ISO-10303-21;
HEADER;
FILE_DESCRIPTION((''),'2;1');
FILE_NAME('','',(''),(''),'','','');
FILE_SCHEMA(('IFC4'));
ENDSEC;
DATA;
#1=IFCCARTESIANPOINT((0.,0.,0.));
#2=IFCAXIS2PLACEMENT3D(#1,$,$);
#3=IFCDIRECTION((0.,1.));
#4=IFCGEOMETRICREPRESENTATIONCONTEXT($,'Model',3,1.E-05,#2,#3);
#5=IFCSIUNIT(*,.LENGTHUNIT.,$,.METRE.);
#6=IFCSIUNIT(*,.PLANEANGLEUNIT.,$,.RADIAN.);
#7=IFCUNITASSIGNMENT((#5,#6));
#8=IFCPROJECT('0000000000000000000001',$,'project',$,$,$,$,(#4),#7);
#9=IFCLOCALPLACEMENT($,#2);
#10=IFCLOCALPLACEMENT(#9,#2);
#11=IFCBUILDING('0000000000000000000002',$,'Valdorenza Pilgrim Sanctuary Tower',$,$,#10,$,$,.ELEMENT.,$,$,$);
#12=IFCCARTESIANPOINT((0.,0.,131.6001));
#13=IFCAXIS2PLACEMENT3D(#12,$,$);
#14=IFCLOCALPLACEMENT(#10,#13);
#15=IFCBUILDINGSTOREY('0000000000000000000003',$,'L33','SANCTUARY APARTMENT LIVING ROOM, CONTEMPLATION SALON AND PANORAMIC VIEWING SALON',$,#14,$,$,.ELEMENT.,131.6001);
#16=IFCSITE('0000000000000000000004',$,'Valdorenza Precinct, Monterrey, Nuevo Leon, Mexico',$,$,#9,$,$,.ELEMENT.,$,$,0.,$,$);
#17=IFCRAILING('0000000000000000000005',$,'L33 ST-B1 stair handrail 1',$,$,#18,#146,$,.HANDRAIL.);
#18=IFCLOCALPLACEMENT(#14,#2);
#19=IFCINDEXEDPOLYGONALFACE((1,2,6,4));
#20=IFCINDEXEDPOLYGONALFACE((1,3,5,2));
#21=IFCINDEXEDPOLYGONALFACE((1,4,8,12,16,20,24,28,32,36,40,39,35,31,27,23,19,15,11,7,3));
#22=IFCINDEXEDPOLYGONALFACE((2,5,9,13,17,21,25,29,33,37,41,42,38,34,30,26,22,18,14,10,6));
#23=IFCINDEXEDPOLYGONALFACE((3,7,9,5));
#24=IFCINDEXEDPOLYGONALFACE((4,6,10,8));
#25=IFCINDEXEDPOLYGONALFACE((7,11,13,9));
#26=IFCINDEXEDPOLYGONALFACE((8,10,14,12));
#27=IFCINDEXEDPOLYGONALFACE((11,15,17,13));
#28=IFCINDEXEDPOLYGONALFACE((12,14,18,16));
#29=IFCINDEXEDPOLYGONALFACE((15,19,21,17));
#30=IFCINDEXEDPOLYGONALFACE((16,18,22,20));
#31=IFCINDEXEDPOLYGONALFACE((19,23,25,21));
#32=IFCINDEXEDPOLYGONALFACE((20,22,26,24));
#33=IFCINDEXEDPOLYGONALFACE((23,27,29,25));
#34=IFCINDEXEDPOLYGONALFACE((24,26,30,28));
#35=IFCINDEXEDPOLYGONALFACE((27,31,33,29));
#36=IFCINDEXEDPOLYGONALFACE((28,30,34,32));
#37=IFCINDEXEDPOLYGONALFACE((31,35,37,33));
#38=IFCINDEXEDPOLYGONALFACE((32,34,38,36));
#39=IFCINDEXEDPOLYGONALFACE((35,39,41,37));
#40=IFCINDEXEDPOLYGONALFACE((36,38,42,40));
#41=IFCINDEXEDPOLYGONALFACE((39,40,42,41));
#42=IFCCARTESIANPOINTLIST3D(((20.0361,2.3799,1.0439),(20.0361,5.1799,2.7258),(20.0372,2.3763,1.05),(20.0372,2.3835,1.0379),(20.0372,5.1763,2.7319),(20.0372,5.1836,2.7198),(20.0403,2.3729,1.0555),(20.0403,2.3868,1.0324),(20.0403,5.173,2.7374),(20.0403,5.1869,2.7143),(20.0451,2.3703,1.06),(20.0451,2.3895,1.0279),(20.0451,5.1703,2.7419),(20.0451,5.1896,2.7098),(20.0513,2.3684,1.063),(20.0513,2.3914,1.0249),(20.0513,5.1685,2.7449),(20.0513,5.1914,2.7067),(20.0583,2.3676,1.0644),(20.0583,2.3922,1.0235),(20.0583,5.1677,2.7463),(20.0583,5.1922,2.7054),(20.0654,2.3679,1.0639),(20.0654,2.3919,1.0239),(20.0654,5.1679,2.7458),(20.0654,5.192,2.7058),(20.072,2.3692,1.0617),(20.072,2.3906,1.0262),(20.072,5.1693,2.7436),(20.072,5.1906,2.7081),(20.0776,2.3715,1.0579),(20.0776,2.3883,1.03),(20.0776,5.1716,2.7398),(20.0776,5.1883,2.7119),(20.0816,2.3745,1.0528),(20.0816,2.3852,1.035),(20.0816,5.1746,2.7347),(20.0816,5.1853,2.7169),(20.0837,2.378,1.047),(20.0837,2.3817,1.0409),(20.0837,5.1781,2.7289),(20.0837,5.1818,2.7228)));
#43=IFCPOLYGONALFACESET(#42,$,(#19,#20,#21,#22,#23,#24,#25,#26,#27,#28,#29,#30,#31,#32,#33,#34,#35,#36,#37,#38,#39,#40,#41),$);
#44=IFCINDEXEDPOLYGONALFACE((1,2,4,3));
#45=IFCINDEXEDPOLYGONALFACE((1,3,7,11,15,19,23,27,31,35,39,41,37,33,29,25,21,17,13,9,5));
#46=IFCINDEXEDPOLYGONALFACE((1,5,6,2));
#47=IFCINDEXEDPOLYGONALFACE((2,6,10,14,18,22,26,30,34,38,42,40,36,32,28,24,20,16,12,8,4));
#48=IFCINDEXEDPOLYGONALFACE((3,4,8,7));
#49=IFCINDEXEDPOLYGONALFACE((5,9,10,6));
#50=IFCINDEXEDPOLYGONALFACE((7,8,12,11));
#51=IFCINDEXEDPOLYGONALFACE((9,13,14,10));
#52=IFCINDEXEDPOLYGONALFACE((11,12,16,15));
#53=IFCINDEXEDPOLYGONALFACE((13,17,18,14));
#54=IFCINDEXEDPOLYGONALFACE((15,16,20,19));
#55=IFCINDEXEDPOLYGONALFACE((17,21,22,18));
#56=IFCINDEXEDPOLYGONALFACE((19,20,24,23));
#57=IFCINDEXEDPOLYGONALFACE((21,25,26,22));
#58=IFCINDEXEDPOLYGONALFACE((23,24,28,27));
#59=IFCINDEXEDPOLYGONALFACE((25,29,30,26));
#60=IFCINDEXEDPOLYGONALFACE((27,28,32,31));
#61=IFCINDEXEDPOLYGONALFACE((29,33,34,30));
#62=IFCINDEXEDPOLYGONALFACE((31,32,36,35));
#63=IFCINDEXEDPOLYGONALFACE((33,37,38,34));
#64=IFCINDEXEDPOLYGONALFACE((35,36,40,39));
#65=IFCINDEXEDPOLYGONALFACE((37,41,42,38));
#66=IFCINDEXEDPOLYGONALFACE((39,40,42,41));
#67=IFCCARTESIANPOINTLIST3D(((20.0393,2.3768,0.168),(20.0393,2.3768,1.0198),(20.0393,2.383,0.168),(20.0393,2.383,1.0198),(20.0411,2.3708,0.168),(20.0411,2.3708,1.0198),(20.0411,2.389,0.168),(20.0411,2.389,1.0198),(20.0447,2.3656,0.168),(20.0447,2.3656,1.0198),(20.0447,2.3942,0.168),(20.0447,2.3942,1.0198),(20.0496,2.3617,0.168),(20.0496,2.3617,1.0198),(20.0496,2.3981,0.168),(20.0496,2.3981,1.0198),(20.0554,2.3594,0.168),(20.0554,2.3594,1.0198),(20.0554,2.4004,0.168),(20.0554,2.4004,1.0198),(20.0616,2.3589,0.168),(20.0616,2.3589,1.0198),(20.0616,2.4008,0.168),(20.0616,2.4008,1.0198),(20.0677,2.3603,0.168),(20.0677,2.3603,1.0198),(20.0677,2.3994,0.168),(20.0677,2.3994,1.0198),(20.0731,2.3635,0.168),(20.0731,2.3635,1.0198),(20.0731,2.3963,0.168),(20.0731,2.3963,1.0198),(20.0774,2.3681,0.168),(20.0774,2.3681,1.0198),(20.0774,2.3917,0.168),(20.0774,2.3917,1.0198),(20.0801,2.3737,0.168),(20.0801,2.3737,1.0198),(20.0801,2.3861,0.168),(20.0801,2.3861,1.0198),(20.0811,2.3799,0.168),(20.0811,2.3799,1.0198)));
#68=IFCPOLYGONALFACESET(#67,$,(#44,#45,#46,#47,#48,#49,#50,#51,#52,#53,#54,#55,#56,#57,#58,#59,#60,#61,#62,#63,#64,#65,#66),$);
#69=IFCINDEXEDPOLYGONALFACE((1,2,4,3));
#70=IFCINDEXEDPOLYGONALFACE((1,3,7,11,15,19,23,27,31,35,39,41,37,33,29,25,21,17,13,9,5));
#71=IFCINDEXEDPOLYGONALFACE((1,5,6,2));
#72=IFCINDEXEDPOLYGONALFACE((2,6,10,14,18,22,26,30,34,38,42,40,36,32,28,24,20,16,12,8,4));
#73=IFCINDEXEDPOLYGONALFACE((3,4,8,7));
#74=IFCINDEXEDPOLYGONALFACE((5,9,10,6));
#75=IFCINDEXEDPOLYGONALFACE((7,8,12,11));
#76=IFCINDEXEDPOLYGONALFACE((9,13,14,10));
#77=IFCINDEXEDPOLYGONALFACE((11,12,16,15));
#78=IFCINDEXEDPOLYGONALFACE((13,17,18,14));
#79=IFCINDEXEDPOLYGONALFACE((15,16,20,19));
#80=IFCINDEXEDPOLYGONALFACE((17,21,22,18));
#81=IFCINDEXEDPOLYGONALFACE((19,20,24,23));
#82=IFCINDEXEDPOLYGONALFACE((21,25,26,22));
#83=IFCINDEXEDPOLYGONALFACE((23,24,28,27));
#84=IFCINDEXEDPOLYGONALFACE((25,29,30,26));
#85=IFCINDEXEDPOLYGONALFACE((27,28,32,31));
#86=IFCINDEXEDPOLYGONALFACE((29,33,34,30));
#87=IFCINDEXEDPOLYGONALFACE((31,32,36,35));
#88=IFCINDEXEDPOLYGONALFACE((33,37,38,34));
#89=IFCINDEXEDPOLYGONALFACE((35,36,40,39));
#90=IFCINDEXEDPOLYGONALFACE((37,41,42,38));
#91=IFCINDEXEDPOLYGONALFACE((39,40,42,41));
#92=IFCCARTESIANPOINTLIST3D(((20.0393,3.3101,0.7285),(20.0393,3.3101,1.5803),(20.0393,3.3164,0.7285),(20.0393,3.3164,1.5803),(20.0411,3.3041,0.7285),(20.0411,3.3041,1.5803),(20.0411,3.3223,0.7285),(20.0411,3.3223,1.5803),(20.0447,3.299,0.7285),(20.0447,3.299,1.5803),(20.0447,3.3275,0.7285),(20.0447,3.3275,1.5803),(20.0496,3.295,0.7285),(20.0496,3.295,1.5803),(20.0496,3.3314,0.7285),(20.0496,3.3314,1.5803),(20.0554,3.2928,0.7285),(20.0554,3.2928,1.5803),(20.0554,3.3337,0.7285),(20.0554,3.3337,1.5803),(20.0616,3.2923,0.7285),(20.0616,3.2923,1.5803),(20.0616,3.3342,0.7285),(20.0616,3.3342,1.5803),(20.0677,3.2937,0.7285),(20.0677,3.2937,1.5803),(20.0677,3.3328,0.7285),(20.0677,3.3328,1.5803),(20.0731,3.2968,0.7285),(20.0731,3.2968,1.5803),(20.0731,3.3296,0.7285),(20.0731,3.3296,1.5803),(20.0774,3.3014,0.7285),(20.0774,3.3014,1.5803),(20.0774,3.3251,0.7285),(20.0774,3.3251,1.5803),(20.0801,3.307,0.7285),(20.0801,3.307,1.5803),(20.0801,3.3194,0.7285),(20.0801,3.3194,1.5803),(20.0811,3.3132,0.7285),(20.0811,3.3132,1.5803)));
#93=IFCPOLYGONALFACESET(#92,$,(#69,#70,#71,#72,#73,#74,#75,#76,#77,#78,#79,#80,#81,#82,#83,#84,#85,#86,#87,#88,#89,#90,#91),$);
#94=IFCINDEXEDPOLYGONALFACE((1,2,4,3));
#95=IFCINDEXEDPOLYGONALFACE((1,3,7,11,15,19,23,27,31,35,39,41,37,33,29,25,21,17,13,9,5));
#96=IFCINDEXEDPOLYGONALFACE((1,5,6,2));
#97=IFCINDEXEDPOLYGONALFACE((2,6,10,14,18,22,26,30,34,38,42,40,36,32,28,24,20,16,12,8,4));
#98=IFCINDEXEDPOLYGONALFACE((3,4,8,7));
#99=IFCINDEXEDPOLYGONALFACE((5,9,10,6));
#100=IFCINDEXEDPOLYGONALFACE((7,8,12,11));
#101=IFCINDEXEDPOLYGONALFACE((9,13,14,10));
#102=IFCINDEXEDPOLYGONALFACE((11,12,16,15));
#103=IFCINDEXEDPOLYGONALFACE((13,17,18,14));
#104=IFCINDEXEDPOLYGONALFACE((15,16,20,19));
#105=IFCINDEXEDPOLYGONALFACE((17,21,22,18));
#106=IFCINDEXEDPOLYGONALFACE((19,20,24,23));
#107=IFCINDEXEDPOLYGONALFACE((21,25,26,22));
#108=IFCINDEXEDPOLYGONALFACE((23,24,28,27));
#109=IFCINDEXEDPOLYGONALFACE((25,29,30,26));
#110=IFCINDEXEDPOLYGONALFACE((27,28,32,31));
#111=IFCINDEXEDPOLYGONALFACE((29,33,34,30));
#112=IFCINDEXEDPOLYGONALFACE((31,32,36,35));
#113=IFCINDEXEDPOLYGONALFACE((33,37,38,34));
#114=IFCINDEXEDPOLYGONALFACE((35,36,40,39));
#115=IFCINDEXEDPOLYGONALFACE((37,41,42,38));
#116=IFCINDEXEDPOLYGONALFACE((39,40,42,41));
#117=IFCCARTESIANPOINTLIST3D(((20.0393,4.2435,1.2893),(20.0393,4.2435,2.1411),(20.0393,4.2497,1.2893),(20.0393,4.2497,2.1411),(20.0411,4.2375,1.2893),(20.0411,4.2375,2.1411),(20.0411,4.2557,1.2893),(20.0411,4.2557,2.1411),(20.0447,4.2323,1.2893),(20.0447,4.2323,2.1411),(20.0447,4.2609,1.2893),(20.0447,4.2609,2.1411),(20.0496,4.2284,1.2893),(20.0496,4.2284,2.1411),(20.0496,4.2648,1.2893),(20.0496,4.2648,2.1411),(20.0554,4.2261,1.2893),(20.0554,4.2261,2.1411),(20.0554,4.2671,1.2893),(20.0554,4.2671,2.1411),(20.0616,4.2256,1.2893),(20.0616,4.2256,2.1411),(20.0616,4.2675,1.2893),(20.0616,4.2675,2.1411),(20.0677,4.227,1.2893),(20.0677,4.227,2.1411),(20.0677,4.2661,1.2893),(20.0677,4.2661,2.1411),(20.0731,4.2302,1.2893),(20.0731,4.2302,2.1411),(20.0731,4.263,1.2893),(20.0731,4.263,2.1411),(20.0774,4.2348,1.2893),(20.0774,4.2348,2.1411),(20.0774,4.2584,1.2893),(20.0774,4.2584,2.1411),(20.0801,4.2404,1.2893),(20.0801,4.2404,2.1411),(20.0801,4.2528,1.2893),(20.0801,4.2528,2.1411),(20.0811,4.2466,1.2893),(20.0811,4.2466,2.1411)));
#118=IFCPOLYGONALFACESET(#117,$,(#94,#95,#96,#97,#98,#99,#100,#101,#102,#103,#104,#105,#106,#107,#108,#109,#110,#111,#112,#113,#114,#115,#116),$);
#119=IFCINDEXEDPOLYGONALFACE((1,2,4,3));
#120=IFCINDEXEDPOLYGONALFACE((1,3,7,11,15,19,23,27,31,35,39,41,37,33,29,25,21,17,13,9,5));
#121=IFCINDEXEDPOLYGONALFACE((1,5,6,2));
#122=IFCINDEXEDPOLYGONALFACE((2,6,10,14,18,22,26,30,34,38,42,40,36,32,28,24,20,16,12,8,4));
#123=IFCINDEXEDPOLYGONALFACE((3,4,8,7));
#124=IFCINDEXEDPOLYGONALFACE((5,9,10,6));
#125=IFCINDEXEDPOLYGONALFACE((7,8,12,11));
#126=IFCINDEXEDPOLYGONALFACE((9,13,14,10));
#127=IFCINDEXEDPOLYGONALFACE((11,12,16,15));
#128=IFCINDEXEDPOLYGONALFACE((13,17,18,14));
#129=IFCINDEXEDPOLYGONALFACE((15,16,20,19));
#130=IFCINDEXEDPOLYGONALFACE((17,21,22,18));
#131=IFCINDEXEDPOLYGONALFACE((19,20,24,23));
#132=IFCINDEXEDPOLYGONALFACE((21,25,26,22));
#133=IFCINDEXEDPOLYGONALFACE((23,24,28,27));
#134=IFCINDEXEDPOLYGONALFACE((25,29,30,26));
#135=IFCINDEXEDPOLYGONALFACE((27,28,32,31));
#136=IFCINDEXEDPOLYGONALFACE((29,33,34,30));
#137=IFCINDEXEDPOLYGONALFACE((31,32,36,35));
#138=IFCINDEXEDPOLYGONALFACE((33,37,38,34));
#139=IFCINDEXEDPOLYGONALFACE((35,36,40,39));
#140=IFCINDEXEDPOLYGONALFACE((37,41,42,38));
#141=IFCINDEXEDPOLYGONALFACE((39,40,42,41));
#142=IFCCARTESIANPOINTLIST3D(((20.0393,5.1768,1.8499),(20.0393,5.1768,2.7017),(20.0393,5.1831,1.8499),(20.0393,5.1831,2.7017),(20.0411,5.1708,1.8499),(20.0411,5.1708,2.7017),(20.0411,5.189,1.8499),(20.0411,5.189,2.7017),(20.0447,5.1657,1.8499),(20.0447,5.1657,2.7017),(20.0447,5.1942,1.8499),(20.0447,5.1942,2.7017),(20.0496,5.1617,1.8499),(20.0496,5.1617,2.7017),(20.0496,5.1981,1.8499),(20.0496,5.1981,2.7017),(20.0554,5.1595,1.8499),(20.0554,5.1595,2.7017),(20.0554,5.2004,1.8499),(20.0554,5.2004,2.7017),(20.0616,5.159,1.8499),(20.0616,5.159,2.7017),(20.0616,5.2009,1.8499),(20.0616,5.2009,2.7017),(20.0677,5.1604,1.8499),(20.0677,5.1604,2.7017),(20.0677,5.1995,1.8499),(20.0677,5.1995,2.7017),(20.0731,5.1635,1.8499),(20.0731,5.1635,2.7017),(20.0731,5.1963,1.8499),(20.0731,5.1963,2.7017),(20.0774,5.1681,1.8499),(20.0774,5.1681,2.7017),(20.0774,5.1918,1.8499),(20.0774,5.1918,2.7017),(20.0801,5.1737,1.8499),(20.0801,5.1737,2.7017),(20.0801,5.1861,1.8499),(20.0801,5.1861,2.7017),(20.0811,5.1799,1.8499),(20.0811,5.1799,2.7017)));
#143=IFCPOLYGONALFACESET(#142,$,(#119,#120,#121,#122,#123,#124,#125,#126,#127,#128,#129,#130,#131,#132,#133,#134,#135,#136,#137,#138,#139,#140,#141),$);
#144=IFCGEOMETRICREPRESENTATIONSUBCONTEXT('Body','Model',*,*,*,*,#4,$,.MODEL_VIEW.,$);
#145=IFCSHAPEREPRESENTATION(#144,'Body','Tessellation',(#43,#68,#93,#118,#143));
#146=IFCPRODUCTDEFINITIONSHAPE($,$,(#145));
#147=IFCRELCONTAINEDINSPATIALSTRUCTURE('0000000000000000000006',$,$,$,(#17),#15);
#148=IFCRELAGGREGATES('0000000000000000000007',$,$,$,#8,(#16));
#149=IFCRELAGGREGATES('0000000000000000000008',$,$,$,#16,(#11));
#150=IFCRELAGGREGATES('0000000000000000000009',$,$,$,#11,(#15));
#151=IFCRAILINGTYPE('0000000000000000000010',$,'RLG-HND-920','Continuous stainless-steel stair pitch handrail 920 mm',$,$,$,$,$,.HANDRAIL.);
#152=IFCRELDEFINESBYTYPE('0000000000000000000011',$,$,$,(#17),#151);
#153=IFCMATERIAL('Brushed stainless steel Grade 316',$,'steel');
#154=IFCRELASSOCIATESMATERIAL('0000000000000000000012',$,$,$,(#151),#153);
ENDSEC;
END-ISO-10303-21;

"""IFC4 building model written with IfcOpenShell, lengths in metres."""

from ifc_helpers import new_model, si_unit, direction, frame, origin, origin_2d, place, context, subcontext, project, spatial, circle, extrude, material, type_object, element, save


model = new_model("IFC4")

# Units and contexts
model_context = context("Model", 3, precision=1e-05, world=origin(), true_north=direction((0.0, 1.0)))
body_context = subcontext(model_context, "Body", "Model", "MODEL_VIEW")
ifc_project = project(units=[si_unit("LENGTHUNIT", "METRE"), si_unit("PLANEANGLEUNIT", "RADIAN")], contexts=[model_context])

# Site, building, storey
site_placement = place(None, origin())
site = spatial("IfcSite", under=ifc_project, at=site_placement, Name="Valdorenza Precinct, Monterrey, Nuevo Leon, Mexico", CompositionType="ELEMENT", RefElevation=0.0)
building_placement = place(site_placement, origin())
building = spatial("IfcBuilding", under=site, at=building_placement, Name="Valdorenza Pilgrim Sanctuary Tower", CompositionType="ELEMENT")
storey_placement = place(building_placement, frame((0.0, 0.0, 131.6001)))
storey = spatial("IfcBuildingStorey", under=building, at=storey_placement, Name="L33", Description="SANCTUARY APARTMENT LIVING ROOM, CONTEMPLATION SALON AND PANORAMIC VIEWING SALON", CompositionType="ELEMENT", Elevation=131.6001)

# Shared definitions
ifc_material_1 = material(Name="Brushed stainless steel Grade 316", Category="steel")

# Railing
railing_type_1 = type_object("IfcRailingType", Name="RLG-HND-920", Description="Continuous stainless-steel stair pitch handrail 920 mm", PredefinedType="HANDRAIL", material=ifc_material_1)
railing_1_placement = place(storey_placement, frame((20.0601, 2.3799, 0.168)))
element("IfcRailing", 1, at=railing_1_placement, inside=storey, type_object=railing_type_1, Name="L33 ST-B1 stair handrail 1", PredefinedType="HANDRAIL", context=body_context, shape_type="SweptSolid", body=[
    extrude(circle(Radius=0.0239, at=origin_2d()), frame((0.0, 0.0, 0.876), z_axis=(0.0, 0.857242, 0.514913), x_axis=(-1.0, 0.0, 0.0)), (0.0, 0.0, 1.0), 3.2664),
    extrude(circle(Radius=0.021, at=origin_2d()), origin(), (0.0, 0.0, 1.0), 0.8518),
    extrude(circle(Radius=0.021, at=origin_2d()), frame((0.0, 0.9333, 0.5605)), (0.0, 0.0, 1.0), 0.8518),
    extrude(circle(Radius=0.021, at=origin_2d()), frame((0.0, 1.8667, 1.1213)), (0.0, 0.0, 1.0), 0.8518),
    extrude(circle(Radius=0.021, at=origin_2d()), frame((0.0, 2.8, 1.6819)), (0.0, 0.0, 1.0), 0.8518),
])

save(model, "model.ifc")
